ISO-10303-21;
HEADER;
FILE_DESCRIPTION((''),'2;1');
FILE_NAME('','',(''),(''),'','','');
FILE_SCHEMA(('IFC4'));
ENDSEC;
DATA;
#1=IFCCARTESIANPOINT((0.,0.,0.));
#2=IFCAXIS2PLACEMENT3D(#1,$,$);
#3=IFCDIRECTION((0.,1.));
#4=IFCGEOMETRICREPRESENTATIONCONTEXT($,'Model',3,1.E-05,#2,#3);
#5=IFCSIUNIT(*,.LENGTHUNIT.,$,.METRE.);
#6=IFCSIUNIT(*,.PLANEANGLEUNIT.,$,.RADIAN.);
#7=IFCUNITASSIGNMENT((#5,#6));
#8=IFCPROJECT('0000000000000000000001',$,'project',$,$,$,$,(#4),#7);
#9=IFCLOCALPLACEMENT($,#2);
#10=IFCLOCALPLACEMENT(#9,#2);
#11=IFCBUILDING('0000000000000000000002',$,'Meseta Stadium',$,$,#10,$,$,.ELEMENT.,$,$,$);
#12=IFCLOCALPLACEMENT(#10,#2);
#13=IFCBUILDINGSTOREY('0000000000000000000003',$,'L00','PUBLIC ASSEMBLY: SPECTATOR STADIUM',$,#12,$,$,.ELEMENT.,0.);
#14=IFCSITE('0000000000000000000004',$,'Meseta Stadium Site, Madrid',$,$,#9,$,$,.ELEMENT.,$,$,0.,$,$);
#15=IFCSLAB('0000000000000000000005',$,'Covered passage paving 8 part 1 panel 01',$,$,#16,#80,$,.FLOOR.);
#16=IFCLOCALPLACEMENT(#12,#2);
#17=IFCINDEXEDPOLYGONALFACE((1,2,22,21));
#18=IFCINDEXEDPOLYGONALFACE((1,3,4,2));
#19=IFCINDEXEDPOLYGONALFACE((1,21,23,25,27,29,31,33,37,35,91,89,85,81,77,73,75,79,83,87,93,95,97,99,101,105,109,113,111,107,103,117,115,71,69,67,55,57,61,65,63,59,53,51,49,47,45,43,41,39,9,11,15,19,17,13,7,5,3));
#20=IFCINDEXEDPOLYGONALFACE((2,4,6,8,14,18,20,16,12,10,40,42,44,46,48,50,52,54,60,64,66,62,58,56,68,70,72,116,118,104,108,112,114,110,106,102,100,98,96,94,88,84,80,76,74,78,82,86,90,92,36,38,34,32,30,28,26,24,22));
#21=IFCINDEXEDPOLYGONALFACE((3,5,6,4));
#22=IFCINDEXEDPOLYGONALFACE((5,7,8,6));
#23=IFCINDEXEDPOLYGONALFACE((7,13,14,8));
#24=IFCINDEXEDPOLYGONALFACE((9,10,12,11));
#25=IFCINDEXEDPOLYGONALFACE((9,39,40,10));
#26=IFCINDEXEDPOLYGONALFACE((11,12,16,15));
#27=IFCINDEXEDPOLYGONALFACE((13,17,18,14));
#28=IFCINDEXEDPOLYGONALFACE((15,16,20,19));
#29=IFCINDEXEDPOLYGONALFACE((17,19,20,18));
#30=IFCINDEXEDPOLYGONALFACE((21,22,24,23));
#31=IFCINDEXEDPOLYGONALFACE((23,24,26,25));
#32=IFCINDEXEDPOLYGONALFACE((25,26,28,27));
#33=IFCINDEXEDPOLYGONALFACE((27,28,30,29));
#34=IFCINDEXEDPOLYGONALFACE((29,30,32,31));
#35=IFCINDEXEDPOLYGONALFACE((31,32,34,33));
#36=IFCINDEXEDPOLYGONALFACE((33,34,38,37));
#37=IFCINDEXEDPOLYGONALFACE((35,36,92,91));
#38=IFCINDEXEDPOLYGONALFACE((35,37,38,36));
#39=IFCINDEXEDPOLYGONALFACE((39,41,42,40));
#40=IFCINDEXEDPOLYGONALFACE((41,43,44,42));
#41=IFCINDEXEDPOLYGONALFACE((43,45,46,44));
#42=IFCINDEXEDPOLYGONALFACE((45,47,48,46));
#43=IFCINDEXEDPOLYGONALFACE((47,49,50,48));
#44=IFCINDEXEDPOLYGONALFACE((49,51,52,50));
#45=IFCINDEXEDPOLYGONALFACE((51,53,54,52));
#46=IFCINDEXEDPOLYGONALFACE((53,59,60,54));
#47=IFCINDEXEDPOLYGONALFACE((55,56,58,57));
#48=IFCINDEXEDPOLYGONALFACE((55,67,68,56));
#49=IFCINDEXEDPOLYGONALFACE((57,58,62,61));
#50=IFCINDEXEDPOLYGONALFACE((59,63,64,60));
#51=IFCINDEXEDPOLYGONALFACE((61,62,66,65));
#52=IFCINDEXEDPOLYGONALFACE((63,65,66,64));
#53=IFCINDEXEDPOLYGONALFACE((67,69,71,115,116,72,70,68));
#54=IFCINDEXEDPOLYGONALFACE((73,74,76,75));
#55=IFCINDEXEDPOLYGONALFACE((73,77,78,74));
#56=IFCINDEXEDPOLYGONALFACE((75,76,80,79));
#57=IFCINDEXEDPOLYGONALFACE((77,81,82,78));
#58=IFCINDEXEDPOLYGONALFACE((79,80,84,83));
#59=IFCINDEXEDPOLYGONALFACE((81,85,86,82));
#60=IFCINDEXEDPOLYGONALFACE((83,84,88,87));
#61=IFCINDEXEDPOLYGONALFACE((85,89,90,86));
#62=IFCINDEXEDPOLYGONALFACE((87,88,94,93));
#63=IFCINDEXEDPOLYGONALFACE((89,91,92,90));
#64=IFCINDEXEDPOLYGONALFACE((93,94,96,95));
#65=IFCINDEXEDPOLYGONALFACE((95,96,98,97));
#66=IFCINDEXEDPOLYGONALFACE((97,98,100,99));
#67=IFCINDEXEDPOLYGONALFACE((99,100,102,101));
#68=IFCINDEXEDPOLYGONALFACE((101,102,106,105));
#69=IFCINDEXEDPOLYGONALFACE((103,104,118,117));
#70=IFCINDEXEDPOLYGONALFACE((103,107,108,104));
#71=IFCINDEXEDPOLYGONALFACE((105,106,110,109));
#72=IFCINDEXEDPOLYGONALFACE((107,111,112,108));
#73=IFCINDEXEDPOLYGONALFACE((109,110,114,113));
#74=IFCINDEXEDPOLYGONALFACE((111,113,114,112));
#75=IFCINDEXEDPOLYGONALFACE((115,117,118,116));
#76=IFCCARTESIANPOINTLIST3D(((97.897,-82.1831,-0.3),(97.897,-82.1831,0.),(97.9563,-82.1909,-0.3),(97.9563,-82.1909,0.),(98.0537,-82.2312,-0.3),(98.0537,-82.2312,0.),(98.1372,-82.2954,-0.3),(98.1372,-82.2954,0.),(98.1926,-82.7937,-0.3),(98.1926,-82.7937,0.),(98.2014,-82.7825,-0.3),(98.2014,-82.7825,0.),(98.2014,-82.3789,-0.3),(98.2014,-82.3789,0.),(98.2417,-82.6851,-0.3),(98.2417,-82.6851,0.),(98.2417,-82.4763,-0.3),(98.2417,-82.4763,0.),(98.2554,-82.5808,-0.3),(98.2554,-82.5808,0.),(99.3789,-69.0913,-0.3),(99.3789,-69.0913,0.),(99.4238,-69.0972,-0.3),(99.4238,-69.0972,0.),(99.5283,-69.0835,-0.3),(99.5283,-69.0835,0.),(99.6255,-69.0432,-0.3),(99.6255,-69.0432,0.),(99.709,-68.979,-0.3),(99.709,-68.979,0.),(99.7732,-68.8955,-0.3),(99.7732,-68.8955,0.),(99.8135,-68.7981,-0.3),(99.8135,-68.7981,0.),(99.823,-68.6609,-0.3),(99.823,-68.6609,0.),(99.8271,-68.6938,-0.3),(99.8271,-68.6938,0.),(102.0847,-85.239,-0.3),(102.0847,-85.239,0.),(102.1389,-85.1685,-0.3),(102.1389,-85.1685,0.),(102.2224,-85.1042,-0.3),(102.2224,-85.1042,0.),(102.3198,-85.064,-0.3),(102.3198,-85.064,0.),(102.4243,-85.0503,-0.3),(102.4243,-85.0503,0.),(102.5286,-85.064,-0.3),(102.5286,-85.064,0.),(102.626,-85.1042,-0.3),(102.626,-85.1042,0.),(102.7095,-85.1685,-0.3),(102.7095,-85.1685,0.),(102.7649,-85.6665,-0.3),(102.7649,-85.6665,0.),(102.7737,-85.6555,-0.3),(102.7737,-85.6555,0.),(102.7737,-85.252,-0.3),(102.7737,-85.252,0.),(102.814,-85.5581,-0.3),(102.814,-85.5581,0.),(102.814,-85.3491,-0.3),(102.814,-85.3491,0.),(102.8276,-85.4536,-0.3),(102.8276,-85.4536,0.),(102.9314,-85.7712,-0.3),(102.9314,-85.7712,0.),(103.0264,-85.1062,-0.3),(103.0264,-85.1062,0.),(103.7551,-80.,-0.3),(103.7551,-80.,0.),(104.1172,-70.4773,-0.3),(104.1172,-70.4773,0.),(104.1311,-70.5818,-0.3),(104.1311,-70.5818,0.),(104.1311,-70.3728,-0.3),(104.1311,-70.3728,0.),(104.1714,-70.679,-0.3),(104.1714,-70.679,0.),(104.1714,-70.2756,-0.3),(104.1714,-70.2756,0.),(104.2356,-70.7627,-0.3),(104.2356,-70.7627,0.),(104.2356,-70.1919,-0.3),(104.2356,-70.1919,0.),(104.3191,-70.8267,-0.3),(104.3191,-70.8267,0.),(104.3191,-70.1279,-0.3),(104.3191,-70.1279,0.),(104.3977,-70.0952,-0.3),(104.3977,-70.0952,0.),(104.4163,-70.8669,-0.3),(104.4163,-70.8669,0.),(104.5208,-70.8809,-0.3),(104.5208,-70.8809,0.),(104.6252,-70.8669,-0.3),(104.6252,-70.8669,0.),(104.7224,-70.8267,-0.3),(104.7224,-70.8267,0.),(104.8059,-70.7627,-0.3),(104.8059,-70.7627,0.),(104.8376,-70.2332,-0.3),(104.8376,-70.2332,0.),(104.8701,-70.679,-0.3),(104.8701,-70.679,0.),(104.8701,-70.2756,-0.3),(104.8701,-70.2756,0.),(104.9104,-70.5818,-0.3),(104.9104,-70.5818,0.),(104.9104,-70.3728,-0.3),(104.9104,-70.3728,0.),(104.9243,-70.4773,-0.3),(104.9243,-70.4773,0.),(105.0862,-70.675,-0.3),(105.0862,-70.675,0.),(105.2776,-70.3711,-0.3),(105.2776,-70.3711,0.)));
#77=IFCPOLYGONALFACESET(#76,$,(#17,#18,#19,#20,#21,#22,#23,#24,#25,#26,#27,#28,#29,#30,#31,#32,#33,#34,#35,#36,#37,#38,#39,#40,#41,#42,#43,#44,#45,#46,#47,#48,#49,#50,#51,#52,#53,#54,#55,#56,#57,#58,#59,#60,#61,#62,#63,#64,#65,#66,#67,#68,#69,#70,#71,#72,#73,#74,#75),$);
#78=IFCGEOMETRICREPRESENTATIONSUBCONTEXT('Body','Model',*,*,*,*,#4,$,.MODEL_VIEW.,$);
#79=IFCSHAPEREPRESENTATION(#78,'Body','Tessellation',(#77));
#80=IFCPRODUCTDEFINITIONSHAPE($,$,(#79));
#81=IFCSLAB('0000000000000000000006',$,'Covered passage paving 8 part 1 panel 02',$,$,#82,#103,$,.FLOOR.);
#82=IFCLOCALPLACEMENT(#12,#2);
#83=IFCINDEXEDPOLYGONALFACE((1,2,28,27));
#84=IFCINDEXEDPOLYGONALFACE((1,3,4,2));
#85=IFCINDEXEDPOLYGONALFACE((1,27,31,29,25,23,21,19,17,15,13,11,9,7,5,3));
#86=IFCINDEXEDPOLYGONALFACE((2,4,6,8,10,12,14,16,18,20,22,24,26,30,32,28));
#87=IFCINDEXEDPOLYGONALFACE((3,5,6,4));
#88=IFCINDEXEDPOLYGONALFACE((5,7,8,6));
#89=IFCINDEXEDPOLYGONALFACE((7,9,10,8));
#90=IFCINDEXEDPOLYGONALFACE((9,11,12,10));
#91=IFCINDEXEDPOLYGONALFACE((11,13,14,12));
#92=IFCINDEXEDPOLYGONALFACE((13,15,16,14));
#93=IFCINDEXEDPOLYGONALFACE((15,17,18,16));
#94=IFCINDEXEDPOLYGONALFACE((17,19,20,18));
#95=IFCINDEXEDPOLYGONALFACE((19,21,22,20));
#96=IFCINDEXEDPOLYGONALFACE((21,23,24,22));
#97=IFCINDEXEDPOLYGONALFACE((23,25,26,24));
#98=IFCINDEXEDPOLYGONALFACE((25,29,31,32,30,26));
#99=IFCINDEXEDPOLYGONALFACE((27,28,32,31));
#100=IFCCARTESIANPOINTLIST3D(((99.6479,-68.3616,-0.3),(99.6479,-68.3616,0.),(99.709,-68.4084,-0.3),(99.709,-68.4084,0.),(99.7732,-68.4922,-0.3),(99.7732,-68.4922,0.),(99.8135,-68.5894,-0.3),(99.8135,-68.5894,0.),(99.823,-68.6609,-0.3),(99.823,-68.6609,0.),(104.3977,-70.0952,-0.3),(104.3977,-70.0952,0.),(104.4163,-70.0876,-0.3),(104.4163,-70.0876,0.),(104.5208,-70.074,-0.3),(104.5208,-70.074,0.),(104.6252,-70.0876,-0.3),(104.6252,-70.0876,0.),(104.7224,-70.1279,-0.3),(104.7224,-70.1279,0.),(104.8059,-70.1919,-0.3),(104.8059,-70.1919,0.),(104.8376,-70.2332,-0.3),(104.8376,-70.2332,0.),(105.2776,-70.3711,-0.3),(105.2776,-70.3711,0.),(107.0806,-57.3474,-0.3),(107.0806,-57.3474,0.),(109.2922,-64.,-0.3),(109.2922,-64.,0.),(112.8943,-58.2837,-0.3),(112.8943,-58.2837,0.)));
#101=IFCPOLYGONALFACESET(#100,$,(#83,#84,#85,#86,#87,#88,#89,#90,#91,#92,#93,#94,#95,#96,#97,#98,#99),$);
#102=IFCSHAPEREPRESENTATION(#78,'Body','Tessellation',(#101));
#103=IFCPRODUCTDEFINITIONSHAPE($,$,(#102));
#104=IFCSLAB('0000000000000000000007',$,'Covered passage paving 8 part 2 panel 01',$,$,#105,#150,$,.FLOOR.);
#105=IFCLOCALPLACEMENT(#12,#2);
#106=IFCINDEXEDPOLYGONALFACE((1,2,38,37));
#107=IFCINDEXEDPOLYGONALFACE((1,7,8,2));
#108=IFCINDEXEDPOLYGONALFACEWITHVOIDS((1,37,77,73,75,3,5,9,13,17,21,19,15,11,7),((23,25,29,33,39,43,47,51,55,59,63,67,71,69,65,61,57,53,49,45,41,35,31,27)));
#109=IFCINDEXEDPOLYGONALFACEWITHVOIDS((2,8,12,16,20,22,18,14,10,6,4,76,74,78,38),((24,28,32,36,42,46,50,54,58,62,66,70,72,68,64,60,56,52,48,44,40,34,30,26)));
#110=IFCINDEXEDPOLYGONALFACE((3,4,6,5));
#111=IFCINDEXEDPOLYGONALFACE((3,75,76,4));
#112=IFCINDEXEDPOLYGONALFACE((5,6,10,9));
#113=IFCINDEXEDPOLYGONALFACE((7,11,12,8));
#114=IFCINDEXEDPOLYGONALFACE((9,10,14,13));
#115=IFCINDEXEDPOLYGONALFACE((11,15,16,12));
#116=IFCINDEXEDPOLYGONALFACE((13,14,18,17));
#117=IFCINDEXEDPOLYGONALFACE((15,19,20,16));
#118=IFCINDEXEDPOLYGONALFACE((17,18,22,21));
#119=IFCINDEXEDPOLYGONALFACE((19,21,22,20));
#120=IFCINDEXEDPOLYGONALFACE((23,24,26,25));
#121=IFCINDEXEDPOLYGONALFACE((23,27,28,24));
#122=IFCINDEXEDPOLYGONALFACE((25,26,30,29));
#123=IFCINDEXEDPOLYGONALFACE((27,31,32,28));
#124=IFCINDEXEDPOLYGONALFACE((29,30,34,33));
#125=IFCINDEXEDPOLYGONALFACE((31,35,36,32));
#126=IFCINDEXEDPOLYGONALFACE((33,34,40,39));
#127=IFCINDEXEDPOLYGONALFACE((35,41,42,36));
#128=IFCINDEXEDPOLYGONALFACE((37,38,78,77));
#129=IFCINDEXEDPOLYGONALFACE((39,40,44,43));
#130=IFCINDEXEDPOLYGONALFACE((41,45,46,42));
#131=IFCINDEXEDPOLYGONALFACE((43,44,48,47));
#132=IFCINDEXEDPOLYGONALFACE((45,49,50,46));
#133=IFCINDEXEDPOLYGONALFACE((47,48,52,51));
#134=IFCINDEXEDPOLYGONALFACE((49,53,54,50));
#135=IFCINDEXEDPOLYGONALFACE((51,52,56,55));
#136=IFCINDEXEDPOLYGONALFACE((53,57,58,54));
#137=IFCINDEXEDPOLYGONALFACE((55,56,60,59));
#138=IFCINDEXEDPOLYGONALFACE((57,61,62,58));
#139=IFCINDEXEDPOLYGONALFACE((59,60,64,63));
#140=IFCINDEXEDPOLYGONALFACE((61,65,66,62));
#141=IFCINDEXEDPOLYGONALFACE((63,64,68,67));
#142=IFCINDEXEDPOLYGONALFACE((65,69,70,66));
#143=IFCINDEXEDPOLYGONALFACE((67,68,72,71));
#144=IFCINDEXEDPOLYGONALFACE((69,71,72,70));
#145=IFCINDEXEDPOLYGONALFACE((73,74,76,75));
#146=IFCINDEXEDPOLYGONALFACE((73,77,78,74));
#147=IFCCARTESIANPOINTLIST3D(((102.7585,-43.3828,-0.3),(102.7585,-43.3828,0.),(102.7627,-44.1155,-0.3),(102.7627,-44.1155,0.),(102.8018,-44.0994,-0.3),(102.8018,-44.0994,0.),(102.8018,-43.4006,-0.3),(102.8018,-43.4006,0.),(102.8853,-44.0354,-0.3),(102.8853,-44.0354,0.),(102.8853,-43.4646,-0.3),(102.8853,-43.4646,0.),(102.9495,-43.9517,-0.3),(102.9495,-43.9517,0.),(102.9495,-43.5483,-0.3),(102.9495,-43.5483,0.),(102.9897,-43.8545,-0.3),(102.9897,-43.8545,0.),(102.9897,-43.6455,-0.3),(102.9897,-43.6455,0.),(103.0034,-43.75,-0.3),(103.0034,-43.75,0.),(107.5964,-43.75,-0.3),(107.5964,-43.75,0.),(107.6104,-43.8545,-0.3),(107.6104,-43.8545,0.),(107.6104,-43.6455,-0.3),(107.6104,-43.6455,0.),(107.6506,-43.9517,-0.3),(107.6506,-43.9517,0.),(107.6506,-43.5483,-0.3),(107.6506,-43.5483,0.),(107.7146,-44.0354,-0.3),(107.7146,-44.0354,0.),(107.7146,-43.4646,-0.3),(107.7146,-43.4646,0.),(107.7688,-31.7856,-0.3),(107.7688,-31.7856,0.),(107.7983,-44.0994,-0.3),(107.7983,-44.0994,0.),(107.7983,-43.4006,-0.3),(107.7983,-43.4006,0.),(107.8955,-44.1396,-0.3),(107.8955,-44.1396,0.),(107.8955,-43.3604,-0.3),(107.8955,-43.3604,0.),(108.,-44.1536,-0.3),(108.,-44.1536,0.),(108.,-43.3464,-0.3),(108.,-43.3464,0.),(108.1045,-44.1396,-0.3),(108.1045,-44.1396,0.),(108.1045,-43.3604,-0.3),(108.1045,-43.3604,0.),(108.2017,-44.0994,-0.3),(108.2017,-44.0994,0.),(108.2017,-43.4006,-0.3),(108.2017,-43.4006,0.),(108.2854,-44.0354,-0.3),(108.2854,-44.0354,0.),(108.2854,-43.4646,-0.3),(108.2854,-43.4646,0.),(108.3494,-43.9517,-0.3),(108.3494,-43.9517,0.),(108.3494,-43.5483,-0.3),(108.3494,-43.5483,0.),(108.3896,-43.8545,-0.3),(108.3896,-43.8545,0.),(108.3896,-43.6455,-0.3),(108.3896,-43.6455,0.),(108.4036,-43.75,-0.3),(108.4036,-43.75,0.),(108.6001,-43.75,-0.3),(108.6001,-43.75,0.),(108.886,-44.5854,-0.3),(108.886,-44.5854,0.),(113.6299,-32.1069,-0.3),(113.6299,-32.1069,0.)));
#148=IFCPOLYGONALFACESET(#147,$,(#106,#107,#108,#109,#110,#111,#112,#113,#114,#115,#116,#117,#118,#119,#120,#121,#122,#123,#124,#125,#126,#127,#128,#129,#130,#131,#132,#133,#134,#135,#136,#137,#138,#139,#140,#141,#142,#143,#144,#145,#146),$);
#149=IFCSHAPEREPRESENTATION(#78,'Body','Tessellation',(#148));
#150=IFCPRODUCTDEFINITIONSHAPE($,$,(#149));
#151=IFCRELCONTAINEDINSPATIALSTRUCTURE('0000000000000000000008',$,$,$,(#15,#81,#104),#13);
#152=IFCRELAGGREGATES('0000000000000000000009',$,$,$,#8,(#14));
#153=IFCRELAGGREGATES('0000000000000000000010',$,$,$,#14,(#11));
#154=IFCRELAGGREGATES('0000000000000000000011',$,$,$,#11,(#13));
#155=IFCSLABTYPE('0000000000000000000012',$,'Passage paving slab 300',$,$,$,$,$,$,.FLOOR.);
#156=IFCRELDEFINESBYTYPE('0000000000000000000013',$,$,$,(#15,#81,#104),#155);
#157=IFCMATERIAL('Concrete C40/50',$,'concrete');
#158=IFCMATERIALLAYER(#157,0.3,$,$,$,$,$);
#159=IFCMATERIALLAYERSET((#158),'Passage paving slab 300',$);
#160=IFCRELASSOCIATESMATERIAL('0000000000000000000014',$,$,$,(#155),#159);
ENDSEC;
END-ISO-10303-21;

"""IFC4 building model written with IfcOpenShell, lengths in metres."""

from ifc_helpers import new_model, si_unit, direction, frame, origin, place, context, subcontext, project, spatial, polyline, outline, extrude, material, layer, layer_set, type_object, element, save


model = new_model("IFC4")

# Units and contexts
model_context = context("Model", 3, precision=1e-05, world=origin(), true_north=direction((0.0, 1.0)))
body_context = subcontext(model_context, "Body", "Model", "MODEL_VIEW")
ifc_project = project(units=[si_unit("LENGTHUNIT", "METRE"), si_unit("PLANEANGLEUNIT", "RADIAN")], contexts=[model_context])

# Site, building, storey
site_placement = place(None, origin())
site = spatial("IfcSite", under=ifc_project, at=site_placement, Name="Meseta Stadium Site, Madrid", CompositionType="ELEMENT", RefElevation=0.0)
building_placement = place(site_placement, origin())
building = spatial("IfcBuilding", under=site, at=building_placement, Name="Meseta Stadium", CompositionType="ELEMENT")
storey_placement = place(building_placement, origin())
storey = spatial("IfcBuildingStorey", under=building, at=storey_placement, Name="L00", Description="PUBLIC ASSEMBLY: SPECTATOR STADIUM", CompositionType="ELEMENT", Elevation=0.0)

# Slabs
ifc_material_1 = material(Name="Concrete C40/50", Category="concrete")
ifc_layer_1 = layer(ifc_material_1, 0.3)
ifc_layer_set_1 = layer_set([ifc_layer_1], Name="Passage paving slab 300")
slab_type_1 = type_object("IfcSlabType", Name="Passage paving slab 300", PredefinedType="FLOOR", material=ifc_layer_set_1)
slab_1_placement = place(storey_placement, frame((0.0, 0.0, -0.3)))
element("IfcSlab", 1, at=slab_1_placement, inside=storey, type_object=slab_type_1, Name="Covered passage paving 8 part 1 panel 01", PredefinedType="FLOOR", context=body_context, shape_type="SweptSolid", body=[
    extrude(outline(polyline([(102.8276, -85.4536), (102.814, -85.5581), (102.7737, -85.6555), (102.7649, -85.6665), (102.9314, -85.7712), (103.0264, -85.1062), (103.7551, -80.0), (105.0862, -70.675), (105.2776, -70.3711), (104.8376, -70.2332), (104.8701, -70.2756), (104.9104, -70.3728), (104.9243, -70.4773), (104.9104, -70.5818), (104.8701, -70.679), (104.8059, -70.7627), (104.7224, -70.8267), (104.6252, -70.8669), (104.5208, -70.8809), (104.4163, -70.8669), (104.3191, -70.8267), (104.2356, -70.7627), (104.1714, -70.679), (104.1311, -70.5818), (104.1172, -70.4773), (104.1311, -70.3728), (104.1714, -70.2756), (104.2356, -70.1919), (104.3191, -70.1279), (104.3977, -70.0952), (99.823, -68.6609), (99.8271, -68.6938), (99.8135, -68.7981), (99.7732, -68.8955), (99.709, -68.979), (99.6255, -69.0432), (99.5283, -69.0835), (99.4238, -69.0972), (99.3789, -69.0913), (97.897, -82.1831), (97.9563, -82.1909), (98.0537, -82.2312), (98.1372, -82.2954), (98.2014, -82.3789), (98.2417, -82.4763), (98.2554, -82.5808), (98.2417, -82.6851), (98.2014, -82.7825), (98.1926, -82.7937), (102.0847, -85.239), (102.1389, -85.1685), (102.2224, -85.1042), (102.3198, -85.064), (102.4243, -85.0503), (102.5286, -85.064), (102.626, -85.1042), (102.7095, -85.1685), (102.7737, -85.252), (102.814, -85.3491), (102.8276, -85.4536)])), origin(), (0.0, 0.0, 1.0), 0.3),
])
slab_2_placement = place(storey_placement, frame((0.0, 0.0, -0.3)))
element("IfcSlab", 2, at=slab_2_placement, inside=storey, type_object=slab_type_1, Name="Covered passage paving 8 part 1 panel 02", PredefinedType="FLOOR", context=body_context, shape_type="SweptSolid", body=[
    extrude(outline(polyline([(104.8059, -70.1919), (104.8376, -70.2332), (105.2776, -70.3711), (109.2922, -64.0), (112.8943, -58.2837), (107.0806, -57.3474), (99.6479, -68.3616), (99.709, -68.4084), (99.7732, -68.4922), (99.8135, -68.5894), (99.823, -68.6609), (104.3977, -70.0952), (104.4163, -70.0876), (104.5208, -70.074), (104.6252, -70.0876), (104.7224, -70.1279), (104.8059, -70.1919)])), origin(), (0.0, 0.0, 1.0), 0.3),
])
slab_3_placement = place(storey_placement, frame((0.0, 0.0, -0.3)))
element("IfcSlab", 3, at=slab_3_placement, inside=storey, type_object=slab_type_1, Name="Covered passage paving 8 part 2 panel 01", PredefinedType="FLOOR", context=body_context, shape_type="SweptSolid", body=[
    extrude(outline(polyline([(108.886, -44.5854), (108.6001, -43.75), (113.6299, -32.1069), (107.7688, -31.7856), (102.7585, -43.3828), (102.8018, -43.4006), (102.8853, -43.4646), (102.9495, -43.5483), (102.9897, -43.6455), (103.0034, -43.75), (102.9897, -43.8545), (102.9495, -43.9517), (102.8853, -44.0354), (102.8018, -44.0994), (102.7627, -44.1155), (108.886, -44.5854)]), holes=[polyline([(108.0, -44.1536), (107.8955, -44.1396), (107.7983, -44.0994), (107.7146, -44.0354), (107.6506, -43.9517), (107.6104, -43.8545), (107.5964, -43.75), (107.6104, -43.6455), (107.6506, -43.5483), (107.7146, -43.4646), (107.7983, -43.4006), (107.8955, -43.3604), (108.0, -43.3464), (108.1045, -43.3604), (108.2017, -43.4006), (108.2854, -43.4646), (108.3494, -43.5483), (108.3896, -43.6455), (108.4036, -43.75), (108.3896, -43.8545), (108.3494, -43.9517), (108.2854, -44.0354), (108.2017, -44.0994), (108.1045, -44.1396), (108.0, -44.1536)])]), origin(), (0.0, 0.0, 1.0), 0.3),
])

save(model, "model.ifc")
